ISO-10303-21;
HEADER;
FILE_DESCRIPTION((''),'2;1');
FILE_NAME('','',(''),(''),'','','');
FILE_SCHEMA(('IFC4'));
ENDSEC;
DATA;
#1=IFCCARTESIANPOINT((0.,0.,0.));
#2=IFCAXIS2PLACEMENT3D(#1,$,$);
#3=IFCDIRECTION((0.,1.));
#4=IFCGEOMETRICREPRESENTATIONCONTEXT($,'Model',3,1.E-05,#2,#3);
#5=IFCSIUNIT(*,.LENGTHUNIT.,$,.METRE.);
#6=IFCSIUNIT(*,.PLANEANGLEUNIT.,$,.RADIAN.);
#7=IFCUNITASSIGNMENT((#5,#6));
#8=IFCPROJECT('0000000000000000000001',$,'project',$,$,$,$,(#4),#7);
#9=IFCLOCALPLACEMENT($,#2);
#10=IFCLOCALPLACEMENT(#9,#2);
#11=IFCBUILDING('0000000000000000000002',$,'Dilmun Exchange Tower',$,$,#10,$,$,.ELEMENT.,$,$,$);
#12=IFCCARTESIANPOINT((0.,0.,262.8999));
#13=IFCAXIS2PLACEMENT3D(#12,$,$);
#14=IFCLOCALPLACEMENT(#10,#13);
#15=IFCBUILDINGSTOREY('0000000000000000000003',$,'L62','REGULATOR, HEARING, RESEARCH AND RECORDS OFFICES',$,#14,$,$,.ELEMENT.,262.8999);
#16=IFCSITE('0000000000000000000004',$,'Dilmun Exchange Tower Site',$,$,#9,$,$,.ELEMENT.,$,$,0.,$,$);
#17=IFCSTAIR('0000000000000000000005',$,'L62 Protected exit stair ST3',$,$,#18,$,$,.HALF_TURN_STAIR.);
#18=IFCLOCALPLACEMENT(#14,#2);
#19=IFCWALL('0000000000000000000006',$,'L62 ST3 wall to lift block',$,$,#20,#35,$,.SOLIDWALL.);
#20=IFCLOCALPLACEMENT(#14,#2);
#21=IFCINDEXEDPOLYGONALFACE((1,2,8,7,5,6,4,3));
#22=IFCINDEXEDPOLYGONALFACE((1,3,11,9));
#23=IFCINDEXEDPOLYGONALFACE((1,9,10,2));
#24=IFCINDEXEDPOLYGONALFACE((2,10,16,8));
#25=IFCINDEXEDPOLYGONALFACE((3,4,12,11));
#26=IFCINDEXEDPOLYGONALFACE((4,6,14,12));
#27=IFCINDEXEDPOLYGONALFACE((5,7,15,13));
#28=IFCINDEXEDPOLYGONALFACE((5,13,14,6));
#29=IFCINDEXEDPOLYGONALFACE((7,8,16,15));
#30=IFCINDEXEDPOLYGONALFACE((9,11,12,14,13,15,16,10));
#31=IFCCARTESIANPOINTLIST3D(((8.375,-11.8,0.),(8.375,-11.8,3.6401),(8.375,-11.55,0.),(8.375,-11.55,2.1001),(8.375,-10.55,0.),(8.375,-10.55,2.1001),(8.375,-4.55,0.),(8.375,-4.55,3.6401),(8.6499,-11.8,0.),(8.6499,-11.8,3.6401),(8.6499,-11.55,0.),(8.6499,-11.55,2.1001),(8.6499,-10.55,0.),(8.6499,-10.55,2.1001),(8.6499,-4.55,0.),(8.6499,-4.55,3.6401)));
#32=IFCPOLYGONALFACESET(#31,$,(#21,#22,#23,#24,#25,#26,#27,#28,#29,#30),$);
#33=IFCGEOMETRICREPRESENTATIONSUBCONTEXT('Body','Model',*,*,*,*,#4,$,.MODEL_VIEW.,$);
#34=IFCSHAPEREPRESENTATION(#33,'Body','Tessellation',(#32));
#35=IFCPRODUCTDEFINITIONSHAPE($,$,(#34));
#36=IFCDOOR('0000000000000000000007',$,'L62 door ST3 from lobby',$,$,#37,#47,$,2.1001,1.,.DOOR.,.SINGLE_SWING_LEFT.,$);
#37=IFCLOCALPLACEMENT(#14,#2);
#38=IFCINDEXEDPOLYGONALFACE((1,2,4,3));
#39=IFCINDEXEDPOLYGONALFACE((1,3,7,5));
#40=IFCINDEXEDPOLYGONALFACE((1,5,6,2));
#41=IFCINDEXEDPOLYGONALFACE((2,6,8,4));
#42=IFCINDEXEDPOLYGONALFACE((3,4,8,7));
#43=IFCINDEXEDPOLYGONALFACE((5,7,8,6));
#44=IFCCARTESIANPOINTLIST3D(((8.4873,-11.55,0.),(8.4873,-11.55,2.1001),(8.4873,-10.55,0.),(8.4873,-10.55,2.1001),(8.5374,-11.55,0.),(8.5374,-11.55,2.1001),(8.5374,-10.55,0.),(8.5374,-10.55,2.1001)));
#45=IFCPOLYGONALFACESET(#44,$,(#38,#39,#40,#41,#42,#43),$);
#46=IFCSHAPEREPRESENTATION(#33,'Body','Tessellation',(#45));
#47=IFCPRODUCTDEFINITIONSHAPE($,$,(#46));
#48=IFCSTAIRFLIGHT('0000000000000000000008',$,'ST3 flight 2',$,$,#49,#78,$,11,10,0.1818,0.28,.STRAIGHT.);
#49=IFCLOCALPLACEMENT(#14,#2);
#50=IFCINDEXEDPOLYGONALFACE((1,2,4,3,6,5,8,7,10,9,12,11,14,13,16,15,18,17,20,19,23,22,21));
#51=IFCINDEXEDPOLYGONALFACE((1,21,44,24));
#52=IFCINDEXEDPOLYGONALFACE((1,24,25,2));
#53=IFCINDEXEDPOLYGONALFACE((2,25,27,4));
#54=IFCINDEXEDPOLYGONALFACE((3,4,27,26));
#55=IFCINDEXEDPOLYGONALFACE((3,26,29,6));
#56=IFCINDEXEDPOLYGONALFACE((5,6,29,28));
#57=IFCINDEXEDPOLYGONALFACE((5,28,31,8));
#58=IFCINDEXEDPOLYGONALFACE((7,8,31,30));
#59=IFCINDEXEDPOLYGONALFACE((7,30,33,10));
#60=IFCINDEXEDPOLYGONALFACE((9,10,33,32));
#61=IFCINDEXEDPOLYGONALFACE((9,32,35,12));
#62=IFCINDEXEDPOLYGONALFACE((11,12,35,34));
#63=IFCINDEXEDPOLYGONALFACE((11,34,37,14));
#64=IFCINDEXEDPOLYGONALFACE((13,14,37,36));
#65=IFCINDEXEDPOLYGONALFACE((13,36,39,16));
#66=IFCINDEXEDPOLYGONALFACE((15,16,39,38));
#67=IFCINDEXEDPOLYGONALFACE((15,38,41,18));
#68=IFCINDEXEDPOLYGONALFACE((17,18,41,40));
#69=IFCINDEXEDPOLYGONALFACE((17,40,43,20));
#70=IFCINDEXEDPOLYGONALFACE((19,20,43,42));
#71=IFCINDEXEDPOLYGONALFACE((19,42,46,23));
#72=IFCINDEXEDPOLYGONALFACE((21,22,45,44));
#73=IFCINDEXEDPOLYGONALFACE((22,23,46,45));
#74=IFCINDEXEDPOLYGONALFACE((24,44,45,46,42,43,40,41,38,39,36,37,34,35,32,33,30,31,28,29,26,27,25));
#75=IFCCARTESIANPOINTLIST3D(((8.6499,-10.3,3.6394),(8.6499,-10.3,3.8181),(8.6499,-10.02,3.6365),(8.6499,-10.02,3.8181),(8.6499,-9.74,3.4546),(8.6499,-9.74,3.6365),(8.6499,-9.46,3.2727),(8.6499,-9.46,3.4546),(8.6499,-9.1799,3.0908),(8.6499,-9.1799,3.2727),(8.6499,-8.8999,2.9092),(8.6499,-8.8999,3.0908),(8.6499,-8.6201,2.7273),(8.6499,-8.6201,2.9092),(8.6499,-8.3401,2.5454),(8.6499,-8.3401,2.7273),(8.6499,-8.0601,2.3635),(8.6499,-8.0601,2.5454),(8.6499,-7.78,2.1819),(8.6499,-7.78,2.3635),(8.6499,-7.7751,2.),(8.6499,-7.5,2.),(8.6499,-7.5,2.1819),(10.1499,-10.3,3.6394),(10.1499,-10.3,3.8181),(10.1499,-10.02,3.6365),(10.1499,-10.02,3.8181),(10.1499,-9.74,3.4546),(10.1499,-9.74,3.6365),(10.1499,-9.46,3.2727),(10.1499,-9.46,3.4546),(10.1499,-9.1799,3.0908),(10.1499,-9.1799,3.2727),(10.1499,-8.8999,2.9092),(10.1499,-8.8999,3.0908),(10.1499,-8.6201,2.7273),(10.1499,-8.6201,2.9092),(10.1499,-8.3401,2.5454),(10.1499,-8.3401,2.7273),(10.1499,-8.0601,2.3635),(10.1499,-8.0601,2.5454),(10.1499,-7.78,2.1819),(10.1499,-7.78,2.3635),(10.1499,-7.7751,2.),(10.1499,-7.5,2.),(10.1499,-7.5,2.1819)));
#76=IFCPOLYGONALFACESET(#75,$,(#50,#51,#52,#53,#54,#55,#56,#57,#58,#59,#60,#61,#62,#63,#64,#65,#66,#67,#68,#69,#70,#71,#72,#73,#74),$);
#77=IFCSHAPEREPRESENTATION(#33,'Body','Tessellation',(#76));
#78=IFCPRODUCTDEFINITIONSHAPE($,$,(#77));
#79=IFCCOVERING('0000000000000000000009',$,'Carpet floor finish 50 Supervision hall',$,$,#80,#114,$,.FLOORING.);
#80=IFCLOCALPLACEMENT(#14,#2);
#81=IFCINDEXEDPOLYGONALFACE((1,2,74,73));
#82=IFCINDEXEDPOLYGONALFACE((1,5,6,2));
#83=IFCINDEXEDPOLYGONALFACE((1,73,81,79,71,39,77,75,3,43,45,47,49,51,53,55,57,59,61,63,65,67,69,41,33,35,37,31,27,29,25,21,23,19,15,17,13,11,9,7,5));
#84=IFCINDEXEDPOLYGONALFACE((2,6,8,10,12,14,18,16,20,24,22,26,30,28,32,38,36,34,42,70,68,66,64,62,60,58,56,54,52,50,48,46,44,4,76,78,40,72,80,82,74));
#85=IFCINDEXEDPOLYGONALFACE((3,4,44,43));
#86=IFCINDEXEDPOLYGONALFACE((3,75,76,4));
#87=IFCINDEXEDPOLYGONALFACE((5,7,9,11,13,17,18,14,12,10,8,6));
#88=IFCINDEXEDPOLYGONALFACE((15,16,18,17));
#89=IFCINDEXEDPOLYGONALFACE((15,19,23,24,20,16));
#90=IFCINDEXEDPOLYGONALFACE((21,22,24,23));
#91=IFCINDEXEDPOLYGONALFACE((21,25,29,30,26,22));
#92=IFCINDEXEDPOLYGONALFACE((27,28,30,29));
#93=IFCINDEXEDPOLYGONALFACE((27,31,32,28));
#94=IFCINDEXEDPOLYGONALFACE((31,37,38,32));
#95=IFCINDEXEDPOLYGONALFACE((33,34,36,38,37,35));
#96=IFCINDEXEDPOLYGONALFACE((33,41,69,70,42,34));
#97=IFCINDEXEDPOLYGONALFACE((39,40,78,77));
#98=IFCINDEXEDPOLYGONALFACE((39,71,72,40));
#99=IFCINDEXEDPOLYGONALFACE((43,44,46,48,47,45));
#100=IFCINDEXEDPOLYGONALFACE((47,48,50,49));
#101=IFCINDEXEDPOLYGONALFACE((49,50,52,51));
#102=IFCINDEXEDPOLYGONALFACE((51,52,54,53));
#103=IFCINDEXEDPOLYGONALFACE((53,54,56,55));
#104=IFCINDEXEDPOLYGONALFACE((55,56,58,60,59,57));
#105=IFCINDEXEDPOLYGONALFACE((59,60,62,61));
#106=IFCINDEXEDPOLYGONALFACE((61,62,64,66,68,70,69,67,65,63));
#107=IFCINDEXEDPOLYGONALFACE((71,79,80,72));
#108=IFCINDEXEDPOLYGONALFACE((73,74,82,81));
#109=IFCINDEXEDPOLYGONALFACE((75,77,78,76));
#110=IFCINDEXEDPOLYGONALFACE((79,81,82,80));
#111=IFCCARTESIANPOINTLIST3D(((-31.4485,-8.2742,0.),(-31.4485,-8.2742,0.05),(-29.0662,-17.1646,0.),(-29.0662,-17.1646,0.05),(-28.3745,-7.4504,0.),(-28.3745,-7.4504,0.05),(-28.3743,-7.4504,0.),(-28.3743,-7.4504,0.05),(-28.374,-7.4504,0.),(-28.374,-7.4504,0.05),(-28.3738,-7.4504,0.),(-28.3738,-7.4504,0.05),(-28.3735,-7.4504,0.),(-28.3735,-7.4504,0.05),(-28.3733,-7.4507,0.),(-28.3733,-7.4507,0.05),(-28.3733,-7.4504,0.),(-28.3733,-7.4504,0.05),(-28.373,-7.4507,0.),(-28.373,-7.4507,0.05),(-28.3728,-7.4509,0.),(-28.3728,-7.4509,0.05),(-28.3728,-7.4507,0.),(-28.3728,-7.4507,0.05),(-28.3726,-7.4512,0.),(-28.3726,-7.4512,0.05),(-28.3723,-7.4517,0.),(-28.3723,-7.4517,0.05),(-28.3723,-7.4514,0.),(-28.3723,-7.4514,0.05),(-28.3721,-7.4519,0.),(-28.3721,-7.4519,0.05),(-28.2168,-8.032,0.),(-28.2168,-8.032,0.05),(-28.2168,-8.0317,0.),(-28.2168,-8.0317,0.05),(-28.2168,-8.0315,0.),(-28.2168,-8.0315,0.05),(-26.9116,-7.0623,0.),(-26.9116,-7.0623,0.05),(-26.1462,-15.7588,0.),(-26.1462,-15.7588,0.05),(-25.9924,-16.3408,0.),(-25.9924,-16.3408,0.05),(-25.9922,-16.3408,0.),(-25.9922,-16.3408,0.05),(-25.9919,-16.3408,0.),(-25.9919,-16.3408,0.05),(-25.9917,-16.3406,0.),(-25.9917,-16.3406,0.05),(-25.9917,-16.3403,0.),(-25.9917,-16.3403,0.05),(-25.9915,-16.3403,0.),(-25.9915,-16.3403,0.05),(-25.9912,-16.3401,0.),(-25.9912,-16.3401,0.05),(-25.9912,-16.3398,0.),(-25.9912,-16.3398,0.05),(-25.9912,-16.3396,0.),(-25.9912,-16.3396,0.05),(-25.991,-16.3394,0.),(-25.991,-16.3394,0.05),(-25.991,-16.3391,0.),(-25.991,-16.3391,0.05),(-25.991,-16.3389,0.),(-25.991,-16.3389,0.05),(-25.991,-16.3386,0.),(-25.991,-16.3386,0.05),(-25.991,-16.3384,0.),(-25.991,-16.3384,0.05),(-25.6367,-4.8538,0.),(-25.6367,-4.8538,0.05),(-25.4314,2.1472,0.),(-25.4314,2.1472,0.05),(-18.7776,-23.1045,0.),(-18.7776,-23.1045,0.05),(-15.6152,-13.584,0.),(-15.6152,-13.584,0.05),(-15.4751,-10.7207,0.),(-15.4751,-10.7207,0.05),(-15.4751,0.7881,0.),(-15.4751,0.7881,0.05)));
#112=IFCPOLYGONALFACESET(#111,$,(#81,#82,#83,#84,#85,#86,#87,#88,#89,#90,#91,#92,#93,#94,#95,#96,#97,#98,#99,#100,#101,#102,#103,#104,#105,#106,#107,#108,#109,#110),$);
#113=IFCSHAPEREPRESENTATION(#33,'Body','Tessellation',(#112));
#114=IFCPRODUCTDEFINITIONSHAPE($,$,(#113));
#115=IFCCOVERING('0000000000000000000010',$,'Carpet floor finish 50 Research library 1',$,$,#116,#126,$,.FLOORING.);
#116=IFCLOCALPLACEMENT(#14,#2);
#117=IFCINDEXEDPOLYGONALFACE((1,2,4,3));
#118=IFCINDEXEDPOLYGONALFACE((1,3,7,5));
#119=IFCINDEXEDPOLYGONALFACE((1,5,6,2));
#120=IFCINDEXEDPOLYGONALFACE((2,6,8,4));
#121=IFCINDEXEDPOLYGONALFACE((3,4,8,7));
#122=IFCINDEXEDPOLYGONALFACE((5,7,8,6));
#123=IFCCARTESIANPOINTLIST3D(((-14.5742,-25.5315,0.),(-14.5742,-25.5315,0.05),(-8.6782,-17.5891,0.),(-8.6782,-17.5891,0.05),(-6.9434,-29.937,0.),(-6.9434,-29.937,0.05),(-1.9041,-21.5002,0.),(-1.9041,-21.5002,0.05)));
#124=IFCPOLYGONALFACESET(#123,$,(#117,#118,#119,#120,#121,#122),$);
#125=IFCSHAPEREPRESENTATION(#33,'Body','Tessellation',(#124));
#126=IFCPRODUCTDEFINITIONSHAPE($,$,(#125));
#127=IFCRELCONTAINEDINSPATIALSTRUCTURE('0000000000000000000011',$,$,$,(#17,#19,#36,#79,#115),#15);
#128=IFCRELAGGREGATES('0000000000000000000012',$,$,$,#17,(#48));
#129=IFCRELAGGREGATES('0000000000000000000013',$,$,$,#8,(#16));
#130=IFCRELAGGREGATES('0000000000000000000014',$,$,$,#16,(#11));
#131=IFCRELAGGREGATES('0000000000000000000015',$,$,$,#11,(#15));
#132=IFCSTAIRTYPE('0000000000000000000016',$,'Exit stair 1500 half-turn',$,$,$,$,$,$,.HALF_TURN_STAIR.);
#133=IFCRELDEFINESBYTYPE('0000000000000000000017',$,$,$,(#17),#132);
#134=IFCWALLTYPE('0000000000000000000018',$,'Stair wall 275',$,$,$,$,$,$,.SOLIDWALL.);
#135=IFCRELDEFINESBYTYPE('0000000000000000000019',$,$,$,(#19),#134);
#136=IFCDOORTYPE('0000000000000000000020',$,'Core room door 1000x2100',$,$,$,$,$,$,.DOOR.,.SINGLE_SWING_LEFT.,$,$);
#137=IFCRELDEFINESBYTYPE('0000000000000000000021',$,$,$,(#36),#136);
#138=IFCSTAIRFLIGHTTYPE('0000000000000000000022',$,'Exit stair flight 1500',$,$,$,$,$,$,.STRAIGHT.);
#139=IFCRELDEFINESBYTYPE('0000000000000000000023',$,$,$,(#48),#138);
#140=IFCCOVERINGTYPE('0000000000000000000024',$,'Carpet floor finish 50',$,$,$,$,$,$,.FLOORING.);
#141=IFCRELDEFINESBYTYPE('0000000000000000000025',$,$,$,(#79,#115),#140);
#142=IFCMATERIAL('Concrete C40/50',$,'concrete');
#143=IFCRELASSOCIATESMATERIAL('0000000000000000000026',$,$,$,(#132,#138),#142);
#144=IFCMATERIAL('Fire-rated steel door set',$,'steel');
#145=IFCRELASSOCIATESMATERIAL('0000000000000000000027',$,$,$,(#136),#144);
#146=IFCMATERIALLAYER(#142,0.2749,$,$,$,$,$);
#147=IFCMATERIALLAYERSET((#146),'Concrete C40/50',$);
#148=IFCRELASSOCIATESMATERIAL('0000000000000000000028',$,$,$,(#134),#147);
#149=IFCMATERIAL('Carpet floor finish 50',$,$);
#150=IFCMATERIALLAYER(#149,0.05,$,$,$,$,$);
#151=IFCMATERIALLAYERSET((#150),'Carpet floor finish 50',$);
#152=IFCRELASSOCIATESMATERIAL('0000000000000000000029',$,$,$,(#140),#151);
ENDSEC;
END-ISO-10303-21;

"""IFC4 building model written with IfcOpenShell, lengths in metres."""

from ifc_helpers import new_model, si_unit, direction, frame, frame_2d, origin, place, context, subcontext, project, spatial, polyline, rectangle, outline, extrude, material, layer, layer_set, type_object, element, fill, aggregate, save


model = new_model("IFC4")

# Units and contexts
model_context = context("Model", 3, precision=1e-05, world=origin(), true_north=direction((0.0, 1.0)))
body_context = subcontext(model_context, "Body", "Model", "MODEL_VIEW")
ifc_project = project(units=[si_unit("LENGTHUNIT", "METRE"), si_unit("PLANEANGLEUNIT", "RADIAN")], contexts=[model_context])

# Site, building, storey
site_placement = place(None, origin())
site = spatial("IfcSite", under=ifc_project, at=site_placement, Name="Dilmun Exchange Tower Site", CompositionType="ELEMENT", RefElevation=0.0)
building_placement = place(site_placement, origin())
building = spatial("IfcBuilding", under=site, at=building_placement, Name="Dilmun Exchange Tower", CompositionType="ELEMENT")
storey_placement = place(building_placement, frame((0.0, 0.0, 262.8999)))
storey = spatial("IfcBuildingStorey", under=building, at=storey_placement, Name="L62", Description="REGULATOR, HEARING, RESEARCH AND RECORDS OFFICES", CompositionType="ELEMENT", Elevation=262.8999)

# Shared definitions
ifc_material_1 = material(Name="Concrete C40/50", Category="concrete")

# Stair
stair_type = type_object("IfcStairType", Name="Exit stair 1500 half-turn", PredefinedType="HALF_TURN_STAIR", material=ifc_material_1)
stair_1_placement = place(storey_placement, origin())
stair_1 = element("IfcStair", 1, at=stair_1_placement, inside=storey, type_object=stair_type, Name="L62 Protected exit stair ST3", PredefinedType="HALF_TURN_STAIR")

# Shared definitions
ifc_material_2 = material(Name="Fire-rated steel door set", Category="steel")
door_type_1 = type_object("IfcDoorType", Name="Core room door 1000x2100", OperationType="SINGLE_SWING_LEFT", PredefinedType="DOOR", material=ifc_material_2)

# Wall, opening, door
ifc_layer_1 = layer(ifc_material_1, 0.2749)
ifc_layer_set_1 = layer_set([ifc_layer_1], Name="Concrete C40/50")
wall_type_1 = type_object("IfcWallType", Name="Stair wall 275", PredefinedType="SOLIDWALL", material=ifc_layer_set_1)
wall_1_placement = place(storey_placement, frame((8.5125, -4.55, 0.0), z_axis=(0.0, 0.0, 1.0), x_axis=(0.0, -1.0, 0.0)))
wall_1 = element("IfcWall", 2, at=wall_1_placement, inside=storey, type_object=wall_type_1, Name="L62 ST3 wall to lift block", PredefinedType="SOLIDWALL", context=body_context, shape_type="SweptSolid", body=[
    extrude(rectangle(XDim=7.25, YDim=0.2749, at=frame_2d((3.625, 0.0))), origin(), (0.0, 0.0, 1.0), 3.6401),
])
opening_1_placement = place(wall_1_placement, frame((6.0, 0.0, 0.0)))
opening_1 = element("IfcOpeningElement", 3, at=opening_1_placement, cuts=wall_1, PredefinedType="OPENING", context=body_context, shape_type="SweptSolid", body=[
    extrude(rectangle(XDim=1.0, YDim=2.1001, at=frame_2d((0.5, 1.05))), frame((0.0, 0.1475, 0.0), z_axis=(0.0, -1.0, 0.0), x_axis=(1.0, 0.0, 0.0)), (0.0, 0.0, 1.0), 0.2949),
])
door_1_placement = place(opening_1_placement, origin())
door_1 = element("IfcDoor", 4, at=door_1_placement, inside=storey, type_object=door_type_1, Name="L62 door ST3 from lobby", OperationType="SINGLE_SWING_LEFT", OverallHeight=2.1001, OverallWidth=1.0, PredefinedType="DOOR", context=body_context, shape_type="SweptSolid", body=[
    extrude(rectangle(XDim=1.0, YDim=2.1001, at=frame_2d((0.5, 1.05))), frame((0.0, 0.0249, 0.0), z_axis=(0.0, -1.0, 0.0), x_axis=(1.0, 0.0, 0.0)), (0.0, 0.0, 1.0), 0.05),
])
fill(opening_1, door_1)

# Stair flight
stair_flight_type = type_object("IfcStairFlightType", Name="Exit stair flight 1500", PredefinedType="STRAIGHT", material=ifc_material_1)
stair_flight_placement = place(storey_placement, frame((9.3999, -7.5, 2.0), z_axis=(0.0, 0.0, 1.0), x_axis=(0.0, -1.0, 0.0)))
stair_flight = element("IfcStairFlight", 5, at=stair_flight_placement, type_object=stair_flight_type, Name="ST3 flight 2", NumberOfRisers=11, NumberOfTreads=10, PredefinedType="STRAIGHT", RiserHeight=0.1818, TreadLength=0.28, context=body_context, shape_type="SweptSolid", body=[
    extrude(outline(polyline([(0.0, 0.0), (0.0, 0.1819), (0.28, 0.1819), (0.28, 0.3635), (0.5601, 0.3635), (0.5601, 0.5454), (0.8401, 0.5454), (0.8401, 0.7273), (1.1201, 0.7273), (1.1201, 0.9092), (1.3999, 0.9092), (1.3999, 1.0908), (1.6799, 1.0908), (1.6799, 1.2727), (1.96, 1.2727), (1.96, 1.4546), (2.24, 1.4546), (2.24, 1.6365), (2.52, 1.6365), (2.52, 1.8181), (2.8, 1.8181), (2.8, 2.0), (2.8, 1.6394), (0.2751, 0.0), (0.0, 0.0)])), frame((0.0, 0.75, 0.0), z_axis=(0.0, -1.0, 0.0), x_axis=(1.0, 0.0, 0.0)), (0.0, 0.0, 1.0), 1.5),
])
aggregate(stair_1, [stair_flight])

# Coverings
ifc_material_3 = material(Name="Carpet floor finish 50")
ifc_layer_2 = layer(ifc_material_3, 0.05)
ifc_layer_set_2 = layer_set([ifc_layer_2], Name="Carpet floor finish 50")
covering_type_1 = type_object("IfcCoveringType", Name="Carpet floor finish 50", PredefinedType="FLOORING", material=ifc_layer_set_2)
covering_1_placement = place(storey_placement, origin())
element("IfcCovering", 6, at=covering_1_placement, inside=storey, type_object=covering_type_1, Name="Carpet floor finish 50 Supervision hall", PredefinedType="FLOORING", context=body_context, shape_type="SweptSolid", body=[
    extrude(outline(polyline([(-15.4751, 0.7881), (-15.4751, -10.7207), (-25.6367, -4.8538), (-26.9116, -7.0623), (-15.6152, -13.584), (-18.7776, -23.1045), (-29.0662, -17.1646), (-25.9924, -16.3408), (-25.9922, -16.3408), (-25.9922, -16.3408), (-25.9919, -16.3408), (-25.9917, -16.3406), (-25.9917, -16.3403), (-25.9915, -16.3403), (-25.9912, -16.3401), (-25.9912, -16.3401), (-25.9912, -16.3398), (-25.9912, -16.3396), (-25.991, -16.3394), (-25.991, -16.3391), (-25.991, -16.3391), (-25.991, -16.3389), (-25.991, -16.3386), (-25.991, -16.3384), (-26.1462, -15.7588), (-28.2168, -8.032), (-28.2168, -8.032), (-28.2168, -8.0317), (-28.2168, -8.0317), (-28.2168, -8.0315), (-28.3721, -7.4519), (-28.3723, -7.4517), (-28.3723, -7.4514), (-28.3723, -7.4514), (-28.3726, -7.4512), (-28.3726, -7.4512), (-28.3728, -7.4509), (-28.3728, -7.4507), (-28.373, -7.4507), (-28.3733, -7.4507), (-28.3733, -7.4504), (-28.3735, -7.4504), (-28.3738, -7.4504), (-28.374, -7.4504), (-28.3743, -7.4504), (-28.3745, -7.4504), (-28.3745, -7.4504), (-31.4485, -8.2742), (-25.4314, 2.1472), (-15.4751, 0.7881)])), origin(), (0.0, 0.0, 1.0), 0.05),
])
covering_2_placement = place(storey_placement, origin())
element("IfcCovering", 7, at=covering_2_placement, inside=storey, type_object=covering_type_1, Name="Carpet floor finish 50 Research library 1", PredefinedType="FLOORING", context=body_context, shape_type="SweptSolid", body=[
    extrude(outline(polyline([(-8.6782, -17.5891), (-1.9041, -21.5002), (-6.9434, -29.937), (-14.5742, -25.5315), (-8.6782, -17.5891)])), origin(), (0.0, 0.0, 1.0), 0.05),
])

save(model, "model.ifc")
